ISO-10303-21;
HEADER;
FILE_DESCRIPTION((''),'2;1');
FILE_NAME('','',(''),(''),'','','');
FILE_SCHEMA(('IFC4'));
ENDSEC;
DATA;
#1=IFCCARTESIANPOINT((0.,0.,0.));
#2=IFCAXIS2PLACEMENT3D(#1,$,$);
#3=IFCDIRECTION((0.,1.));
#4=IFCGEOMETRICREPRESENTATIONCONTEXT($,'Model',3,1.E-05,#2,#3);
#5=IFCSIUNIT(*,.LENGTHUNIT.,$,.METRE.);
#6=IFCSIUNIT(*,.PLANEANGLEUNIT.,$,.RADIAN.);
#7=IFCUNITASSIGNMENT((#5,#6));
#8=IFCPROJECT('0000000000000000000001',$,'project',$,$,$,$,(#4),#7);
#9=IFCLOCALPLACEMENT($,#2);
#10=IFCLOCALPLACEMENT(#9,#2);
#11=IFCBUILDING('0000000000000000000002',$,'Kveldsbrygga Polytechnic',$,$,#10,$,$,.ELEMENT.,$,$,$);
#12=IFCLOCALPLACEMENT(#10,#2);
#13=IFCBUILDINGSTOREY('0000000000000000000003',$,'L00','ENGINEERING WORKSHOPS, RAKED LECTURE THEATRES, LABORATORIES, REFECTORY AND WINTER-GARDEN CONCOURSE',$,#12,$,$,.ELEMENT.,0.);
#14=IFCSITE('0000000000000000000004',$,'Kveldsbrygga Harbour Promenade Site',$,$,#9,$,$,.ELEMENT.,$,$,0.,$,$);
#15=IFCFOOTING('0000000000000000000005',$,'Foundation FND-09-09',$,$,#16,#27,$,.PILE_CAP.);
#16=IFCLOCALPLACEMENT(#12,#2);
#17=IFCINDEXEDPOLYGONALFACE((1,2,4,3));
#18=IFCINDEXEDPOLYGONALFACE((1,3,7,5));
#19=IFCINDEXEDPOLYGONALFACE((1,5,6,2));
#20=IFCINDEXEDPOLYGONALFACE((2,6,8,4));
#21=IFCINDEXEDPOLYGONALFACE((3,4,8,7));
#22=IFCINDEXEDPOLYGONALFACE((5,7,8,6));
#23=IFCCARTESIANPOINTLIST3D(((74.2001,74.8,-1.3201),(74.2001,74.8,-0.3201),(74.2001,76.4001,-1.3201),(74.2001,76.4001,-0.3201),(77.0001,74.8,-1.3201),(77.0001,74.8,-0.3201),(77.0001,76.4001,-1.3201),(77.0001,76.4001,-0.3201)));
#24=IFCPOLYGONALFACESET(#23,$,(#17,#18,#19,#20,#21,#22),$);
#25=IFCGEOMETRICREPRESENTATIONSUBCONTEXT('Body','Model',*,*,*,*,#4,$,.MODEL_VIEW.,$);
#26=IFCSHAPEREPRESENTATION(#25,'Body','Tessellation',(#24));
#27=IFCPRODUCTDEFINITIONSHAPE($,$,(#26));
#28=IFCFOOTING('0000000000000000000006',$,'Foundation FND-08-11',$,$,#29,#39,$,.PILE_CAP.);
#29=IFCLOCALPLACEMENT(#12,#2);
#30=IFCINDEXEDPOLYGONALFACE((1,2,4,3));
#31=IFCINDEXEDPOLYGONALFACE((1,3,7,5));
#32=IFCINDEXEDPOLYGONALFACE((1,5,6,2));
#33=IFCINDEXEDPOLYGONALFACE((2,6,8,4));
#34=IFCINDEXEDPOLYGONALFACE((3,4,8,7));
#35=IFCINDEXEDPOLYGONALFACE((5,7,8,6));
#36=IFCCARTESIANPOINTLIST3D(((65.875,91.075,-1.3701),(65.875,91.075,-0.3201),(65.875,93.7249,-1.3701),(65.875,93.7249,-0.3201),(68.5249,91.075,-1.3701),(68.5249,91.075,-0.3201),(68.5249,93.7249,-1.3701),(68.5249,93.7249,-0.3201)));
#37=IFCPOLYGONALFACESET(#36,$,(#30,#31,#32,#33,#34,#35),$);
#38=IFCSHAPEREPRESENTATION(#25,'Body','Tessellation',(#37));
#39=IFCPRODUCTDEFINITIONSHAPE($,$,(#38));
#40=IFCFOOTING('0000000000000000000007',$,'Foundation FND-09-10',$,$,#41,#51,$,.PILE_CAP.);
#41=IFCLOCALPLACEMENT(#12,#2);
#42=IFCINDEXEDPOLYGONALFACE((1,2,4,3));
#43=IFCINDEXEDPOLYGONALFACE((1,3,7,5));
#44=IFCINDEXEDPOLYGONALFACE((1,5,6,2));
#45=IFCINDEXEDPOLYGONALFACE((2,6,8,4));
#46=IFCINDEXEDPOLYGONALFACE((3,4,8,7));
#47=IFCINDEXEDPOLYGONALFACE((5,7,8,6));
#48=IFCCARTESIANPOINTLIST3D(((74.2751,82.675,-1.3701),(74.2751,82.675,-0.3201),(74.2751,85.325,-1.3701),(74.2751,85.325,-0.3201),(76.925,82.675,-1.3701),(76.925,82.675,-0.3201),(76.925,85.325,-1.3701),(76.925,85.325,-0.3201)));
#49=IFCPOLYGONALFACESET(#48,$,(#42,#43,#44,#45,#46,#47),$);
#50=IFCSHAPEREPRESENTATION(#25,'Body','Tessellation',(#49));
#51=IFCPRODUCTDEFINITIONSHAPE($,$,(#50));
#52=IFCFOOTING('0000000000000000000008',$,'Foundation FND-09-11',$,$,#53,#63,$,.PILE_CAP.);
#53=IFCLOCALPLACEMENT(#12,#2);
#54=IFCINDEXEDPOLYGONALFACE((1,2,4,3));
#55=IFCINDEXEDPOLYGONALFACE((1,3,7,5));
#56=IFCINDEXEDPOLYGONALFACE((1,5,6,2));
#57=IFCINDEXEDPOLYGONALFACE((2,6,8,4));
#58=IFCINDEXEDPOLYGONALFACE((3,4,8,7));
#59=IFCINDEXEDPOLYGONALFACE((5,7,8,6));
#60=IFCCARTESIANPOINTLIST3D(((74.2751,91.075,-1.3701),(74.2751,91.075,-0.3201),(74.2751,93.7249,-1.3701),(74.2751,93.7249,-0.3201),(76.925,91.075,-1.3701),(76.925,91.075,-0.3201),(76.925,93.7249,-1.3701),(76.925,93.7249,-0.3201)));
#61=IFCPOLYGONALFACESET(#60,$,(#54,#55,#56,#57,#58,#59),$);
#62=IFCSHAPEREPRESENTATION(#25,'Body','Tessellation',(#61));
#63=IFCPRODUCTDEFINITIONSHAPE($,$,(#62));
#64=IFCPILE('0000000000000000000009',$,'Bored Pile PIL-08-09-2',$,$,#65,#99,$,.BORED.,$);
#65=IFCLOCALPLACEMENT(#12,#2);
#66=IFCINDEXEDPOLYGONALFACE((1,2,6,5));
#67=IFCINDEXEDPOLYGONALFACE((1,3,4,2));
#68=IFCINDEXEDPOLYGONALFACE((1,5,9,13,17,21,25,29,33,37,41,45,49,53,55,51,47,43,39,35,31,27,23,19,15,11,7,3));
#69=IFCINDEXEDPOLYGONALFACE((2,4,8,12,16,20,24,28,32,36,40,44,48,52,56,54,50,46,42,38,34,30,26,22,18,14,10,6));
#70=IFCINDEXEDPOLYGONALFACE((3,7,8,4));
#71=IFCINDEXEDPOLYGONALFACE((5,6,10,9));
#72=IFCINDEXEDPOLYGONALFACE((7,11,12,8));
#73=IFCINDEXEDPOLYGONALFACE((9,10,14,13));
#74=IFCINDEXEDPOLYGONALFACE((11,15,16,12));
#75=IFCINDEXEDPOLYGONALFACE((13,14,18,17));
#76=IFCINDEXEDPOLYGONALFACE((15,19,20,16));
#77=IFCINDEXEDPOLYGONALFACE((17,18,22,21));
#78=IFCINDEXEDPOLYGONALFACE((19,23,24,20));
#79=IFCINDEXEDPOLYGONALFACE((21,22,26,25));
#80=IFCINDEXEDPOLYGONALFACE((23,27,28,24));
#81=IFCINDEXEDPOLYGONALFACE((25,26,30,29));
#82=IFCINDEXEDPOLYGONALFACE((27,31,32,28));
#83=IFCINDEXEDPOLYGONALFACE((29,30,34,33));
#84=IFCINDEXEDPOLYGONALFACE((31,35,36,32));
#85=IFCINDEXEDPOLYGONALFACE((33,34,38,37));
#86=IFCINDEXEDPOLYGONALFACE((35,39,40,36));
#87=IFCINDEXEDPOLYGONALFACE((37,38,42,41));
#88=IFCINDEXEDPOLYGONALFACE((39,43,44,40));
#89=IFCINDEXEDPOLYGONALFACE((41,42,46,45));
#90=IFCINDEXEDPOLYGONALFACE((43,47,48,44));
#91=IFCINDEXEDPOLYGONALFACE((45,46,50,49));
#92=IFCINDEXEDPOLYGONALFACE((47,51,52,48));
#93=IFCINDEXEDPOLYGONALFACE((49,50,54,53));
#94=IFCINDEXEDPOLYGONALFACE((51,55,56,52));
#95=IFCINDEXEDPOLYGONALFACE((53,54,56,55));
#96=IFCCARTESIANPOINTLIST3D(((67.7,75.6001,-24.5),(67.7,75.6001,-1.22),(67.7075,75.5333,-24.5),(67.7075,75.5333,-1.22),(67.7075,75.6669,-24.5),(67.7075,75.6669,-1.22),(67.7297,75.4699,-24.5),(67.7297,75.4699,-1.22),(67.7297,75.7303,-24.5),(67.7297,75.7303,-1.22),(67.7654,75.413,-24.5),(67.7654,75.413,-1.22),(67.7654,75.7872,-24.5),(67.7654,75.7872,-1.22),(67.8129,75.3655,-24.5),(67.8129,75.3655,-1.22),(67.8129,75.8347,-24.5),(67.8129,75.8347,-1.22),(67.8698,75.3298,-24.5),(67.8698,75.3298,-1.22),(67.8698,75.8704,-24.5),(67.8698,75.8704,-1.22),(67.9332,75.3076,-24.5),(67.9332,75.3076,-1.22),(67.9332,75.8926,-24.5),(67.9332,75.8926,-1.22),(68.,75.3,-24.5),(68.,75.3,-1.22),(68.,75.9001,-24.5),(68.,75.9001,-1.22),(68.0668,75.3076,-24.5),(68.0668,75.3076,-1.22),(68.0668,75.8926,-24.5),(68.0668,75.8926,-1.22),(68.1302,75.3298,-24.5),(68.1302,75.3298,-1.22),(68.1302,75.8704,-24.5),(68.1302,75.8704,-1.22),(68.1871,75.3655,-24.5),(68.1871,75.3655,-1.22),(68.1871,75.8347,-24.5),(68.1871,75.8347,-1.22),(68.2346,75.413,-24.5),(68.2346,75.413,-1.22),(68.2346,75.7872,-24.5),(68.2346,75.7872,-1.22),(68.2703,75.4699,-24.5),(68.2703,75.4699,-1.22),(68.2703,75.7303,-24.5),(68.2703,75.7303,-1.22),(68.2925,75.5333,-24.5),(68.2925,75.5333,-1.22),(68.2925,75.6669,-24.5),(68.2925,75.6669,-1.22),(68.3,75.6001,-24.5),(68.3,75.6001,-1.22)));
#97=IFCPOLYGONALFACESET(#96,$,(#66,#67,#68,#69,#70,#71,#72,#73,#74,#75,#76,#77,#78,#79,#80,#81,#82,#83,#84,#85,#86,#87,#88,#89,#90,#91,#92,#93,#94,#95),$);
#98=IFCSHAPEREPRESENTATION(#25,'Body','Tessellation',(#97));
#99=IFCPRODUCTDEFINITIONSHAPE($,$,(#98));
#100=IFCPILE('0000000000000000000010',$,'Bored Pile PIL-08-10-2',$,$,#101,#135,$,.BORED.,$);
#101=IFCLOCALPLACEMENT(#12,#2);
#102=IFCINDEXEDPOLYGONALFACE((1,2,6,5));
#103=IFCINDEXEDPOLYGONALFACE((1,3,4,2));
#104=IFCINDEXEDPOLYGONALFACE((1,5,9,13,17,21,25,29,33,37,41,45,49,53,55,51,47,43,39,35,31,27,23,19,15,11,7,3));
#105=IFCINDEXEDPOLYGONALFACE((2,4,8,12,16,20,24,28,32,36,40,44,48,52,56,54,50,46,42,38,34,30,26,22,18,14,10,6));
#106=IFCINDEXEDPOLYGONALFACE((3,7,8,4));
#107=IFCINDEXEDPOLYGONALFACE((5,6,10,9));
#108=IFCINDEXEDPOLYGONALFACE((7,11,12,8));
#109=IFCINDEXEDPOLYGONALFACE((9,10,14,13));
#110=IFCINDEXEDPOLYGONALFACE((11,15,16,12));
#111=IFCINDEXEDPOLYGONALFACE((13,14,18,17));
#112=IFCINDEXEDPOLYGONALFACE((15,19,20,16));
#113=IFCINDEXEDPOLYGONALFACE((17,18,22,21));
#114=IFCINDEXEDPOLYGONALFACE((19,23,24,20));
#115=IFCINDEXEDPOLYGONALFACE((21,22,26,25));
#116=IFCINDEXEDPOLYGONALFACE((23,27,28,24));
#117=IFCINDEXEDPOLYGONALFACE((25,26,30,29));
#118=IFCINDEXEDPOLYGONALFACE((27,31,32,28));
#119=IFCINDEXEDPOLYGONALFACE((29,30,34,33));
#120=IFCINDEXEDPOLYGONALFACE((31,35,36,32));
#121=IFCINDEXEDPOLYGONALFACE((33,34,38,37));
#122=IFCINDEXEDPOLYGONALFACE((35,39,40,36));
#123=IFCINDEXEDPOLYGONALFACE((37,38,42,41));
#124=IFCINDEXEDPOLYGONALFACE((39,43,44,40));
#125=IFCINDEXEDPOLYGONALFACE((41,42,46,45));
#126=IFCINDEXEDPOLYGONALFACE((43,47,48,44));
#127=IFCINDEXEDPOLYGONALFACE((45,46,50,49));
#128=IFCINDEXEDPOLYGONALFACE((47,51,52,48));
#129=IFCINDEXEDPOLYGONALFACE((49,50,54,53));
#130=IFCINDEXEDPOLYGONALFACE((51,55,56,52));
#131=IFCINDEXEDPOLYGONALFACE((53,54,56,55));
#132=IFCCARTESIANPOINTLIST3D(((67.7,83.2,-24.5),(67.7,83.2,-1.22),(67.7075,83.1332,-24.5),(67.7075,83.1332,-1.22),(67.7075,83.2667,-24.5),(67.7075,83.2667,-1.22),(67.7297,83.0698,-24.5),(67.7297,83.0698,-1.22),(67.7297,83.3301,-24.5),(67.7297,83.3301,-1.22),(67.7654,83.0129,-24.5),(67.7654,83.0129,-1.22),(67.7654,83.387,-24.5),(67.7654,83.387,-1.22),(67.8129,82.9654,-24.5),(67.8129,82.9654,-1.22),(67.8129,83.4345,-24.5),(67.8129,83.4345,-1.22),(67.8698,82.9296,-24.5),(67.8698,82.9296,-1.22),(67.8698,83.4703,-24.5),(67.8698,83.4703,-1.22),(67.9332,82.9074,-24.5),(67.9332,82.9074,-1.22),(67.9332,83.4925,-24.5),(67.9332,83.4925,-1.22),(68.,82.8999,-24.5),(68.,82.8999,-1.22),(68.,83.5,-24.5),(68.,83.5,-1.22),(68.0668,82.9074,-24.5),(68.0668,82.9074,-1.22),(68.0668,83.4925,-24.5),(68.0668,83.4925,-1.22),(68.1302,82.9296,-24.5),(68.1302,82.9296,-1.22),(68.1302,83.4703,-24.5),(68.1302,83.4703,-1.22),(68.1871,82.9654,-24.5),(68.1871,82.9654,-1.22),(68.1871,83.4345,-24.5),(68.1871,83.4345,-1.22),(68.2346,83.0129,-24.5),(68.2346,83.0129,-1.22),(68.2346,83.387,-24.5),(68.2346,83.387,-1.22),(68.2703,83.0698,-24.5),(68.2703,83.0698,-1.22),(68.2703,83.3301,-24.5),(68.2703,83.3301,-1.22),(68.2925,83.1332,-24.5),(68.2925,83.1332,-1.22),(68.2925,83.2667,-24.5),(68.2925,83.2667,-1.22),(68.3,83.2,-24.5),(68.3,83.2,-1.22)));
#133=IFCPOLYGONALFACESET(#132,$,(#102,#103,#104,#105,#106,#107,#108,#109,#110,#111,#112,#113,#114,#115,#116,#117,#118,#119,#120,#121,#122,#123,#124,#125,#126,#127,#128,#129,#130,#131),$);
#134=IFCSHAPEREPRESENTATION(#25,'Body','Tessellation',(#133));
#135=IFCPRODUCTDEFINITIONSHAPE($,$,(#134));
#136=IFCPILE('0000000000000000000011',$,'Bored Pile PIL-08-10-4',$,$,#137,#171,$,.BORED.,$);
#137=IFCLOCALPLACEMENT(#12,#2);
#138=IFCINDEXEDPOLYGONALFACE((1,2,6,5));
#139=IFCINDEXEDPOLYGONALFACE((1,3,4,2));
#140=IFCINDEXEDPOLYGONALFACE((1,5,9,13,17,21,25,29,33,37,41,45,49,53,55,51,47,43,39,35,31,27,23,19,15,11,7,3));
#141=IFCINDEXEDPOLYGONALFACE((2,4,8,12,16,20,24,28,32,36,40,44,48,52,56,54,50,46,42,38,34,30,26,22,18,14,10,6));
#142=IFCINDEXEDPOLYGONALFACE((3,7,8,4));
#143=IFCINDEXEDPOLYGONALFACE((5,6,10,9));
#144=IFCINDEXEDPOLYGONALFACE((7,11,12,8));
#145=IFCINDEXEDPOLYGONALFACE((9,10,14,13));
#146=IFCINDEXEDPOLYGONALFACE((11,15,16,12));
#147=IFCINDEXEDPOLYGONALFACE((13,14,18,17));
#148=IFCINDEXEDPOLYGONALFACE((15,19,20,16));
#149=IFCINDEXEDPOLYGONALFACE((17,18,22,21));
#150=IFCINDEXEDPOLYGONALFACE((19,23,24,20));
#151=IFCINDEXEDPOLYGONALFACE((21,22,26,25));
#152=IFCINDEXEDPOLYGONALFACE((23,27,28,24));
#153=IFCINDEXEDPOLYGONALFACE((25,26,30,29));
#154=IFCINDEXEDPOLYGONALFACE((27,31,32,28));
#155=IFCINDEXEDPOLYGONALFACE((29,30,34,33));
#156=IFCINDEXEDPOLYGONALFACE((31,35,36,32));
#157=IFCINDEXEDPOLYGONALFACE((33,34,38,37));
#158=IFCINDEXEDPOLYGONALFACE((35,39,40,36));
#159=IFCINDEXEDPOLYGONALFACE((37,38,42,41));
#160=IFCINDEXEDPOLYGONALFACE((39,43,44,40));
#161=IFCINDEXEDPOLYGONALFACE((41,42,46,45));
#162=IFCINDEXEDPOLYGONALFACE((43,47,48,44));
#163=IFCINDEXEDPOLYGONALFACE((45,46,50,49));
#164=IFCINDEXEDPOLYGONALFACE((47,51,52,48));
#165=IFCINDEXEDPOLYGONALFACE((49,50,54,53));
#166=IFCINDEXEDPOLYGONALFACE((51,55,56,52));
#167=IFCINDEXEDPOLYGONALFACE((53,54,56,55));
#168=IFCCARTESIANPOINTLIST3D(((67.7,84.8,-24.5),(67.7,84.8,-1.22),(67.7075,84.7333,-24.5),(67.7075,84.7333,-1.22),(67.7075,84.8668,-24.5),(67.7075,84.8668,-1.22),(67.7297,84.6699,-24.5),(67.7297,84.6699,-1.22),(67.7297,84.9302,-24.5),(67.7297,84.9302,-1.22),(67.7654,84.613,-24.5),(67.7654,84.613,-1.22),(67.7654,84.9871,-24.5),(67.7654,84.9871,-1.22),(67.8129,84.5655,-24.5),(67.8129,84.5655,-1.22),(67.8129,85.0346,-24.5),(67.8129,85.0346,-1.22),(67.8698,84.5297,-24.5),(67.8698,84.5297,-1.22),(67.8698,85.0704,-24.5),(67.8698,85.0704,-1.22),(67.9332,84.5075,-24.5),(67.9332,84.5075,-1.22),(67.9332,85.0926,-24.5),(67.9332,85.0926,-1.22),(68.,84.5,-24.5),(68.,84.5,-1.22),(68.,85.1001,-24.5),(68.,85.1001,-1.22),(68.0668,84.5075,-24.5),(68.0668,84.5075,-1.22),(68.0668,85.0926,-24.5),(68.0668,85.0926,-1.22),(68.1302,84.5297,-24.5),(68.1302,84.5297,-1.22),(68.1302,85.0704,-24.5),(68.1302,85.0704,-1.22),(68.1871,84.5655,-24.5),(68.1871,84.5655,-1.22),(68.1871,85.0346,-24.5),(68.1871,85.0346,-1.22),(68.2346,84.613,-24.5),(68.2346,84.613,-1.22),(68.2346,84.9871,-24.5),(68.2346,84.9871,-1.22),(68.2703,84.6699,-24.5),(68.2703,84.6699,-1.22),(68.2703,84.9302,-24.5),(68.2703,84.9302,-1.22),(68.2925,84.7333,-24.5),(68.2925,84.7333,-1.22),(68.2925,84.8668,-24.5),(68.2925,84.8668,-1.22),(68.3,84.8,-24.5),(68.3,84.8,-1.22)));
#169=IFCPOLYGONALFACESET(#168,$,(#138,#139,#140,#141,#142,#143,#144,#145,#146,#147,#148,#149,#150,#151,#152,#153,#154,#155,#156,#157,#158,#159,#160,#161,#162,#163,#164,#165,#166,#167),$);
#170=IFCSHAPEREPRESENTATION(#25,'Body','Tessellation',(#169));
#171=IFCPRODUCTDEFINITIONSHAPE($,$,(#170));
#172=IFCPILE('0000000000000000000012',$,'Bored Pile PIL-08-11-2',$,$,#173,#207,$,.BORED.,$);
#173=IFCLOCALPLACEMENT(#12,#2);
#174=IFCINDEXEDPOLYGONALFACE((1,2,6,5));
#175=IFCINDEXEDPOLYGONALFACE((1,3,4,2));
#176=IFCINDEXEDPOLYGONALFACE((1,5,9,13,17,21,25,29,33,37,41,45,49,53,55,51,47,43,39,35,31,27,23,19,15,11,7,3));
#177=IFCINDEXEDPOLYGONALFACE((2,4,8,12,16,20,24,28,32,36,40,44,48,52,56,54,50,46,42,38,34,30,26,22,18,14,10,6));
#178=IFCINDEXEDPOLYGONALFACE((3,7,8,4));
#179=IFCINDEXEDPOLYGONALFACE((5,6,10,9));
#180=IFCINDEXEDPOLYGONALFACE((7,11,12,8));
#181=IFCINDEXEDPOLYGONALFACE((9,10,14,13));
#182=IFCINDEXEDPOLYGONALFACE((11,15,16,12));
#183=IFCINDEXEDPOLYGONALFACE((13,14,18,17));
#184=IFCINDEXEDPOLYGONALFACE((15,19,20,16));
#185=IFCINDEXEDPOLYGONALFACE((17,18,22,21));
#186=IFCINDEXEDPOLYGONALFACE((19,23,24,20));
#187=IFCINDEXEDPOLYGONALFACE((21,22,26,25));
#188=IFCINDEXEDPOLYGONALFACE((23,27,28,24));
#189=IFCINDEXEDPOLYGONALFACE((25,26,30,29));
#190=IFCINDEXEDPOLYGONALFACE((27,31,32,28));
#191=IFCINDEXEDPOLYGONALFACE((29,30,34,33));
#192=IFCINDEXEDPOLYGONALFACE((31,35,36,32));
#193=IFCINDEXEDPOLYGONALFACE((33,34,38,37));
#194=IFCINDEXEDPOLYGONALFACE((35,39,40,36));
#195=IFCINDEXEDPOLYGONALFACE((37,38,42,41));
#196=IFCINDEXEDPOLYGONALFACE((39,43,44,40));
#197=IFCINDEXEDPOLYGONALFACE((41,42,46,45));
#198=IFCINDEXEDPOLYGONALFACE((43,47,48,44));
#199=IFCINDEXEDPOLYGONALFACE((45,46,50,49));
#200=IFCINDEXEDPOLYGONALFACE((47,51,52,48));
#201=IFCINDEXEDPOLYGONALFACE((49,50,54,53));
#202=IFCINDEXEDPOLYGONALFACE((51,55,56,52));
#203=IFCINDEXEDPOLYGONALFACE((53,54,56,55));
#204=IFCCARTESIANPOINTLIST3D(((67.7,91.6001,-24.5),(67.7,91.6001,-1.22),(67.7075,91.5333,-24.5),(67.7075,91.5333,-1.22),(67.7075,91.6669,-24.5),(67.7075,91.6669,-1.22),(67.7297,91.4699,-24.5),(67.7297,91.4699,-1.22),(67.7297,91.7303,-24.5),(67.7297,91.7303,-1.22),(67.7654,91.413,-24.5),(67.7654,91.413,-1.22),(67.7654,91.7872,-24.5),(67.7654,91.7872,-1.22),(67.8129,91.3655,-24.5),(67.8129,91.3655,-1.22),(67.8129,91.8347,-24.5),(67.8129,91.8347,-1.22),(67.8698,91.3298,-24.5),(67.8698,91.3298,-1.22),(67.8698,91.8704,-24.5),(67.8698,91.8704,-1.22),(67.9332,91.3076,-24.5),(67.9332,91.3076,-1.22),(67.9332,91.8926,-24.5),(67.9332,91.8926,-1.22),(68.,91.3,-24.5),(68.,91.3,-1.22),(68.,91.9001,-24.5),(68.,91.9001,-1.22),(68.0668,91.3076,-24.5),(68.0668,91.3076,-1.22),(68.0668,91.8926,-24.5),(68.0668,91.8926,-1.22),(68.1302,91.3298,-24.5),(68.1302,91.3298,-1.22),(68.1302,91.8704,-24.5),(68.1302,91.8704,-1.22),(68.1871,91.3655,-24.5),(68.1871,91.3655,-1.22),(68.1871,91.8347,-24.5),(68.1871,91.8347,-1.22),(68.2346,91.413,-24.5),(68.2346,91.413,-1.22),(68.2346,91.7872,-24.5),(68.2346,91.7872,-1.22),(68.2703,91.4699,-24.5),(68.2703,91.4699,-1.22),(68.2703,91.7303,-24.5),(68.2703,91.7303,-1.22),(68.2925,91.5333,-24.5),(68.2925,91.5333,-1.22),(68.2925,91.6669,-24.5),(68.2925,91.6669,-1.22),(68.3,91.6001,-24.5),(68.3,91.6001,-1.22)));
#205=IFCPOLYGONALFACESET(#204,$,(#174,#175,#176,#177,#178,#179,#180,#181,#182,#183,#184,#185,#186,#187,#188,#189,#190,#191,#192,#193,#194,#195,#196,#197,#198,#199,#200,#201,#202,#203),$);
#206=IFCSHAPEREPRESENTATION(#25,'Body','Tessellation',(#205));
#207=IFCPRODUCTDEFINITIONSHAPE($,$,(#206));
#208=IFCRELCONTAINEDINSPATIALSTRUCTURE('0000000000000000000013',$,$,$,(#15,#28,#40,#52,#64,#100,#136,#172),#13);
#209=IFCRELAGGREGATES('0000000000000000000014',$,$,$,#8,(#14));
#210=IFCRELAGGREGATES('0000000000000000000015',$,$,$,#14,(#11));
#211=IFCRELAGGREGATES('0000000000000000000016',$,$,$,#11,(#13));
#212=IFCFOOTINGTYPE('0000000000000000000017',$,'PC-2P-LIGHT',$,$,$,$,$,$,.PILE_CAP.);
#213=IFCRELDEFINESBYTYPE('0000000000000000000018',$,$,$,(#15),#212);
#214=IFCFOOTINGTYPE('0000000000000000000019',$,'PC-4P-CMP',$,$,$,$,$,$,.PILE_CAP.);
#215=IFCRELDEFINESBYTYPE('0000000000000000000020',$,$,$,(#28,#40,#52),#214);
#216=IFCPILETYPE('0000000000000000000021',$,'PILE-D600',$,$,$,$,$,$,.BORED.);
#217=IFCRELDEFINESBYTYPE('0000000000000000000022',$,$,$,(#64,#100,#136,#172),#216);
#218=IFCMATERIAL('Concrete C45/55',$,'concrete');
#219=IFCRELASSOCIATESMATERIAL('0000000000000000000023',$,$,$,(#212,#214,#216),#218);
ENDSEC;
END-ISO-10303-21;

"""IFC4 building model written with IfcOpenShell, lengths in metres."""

from ifc_helpers import new_model, si_unit, direction, frame, origin, origin_2d, place, context, subcontext, project, spatial, rectangle, circle, extrude, material, material_profile, profile_set, type_object, element, save


model = new_model("IFC4")

# Units and contexts
model_context = context("Model", 3, precision=1e-05, world=origin(), true_north=direction((0.0, 1.0)))
body_context = subcontext(model_context, "Body", "Model", "MODEL_VIEW")
ifc_project = project(units=[si_unit("LENGTHUNIT", "METRE"), si_unit("PLANEANGLEUNIT", "RADIAN")], contexts=[model_context])

# Site, building, storey
site_placement = place(None, origin())
site = spatial("IfcSite", under=ifc_project, at=site_placement, Name="Kveldsbrygga Harbour Promenade Site", CompositionType="ELEMENT", RefElevation=0.0)
building_placement = place(site_placement, origin())
building = spatial("IfcBuilding", under=site, at=building_placement, Name="Kveldsbrygga Polytechnic", CompositionType="ELEMENT")
storey_placement = place(building_placement, origin())
storey = spatial("IfcBuildingStorey", under=building, at=storey_placement, Name="L00", Description="ENGINEERING WORKSHOPS, RAKED LECTURE THEATRES, LABORATORIES, REFECTORY AND WINTER-GARDEN CONCOURSE", CompositionType="ELEMENT", Elevation=0.0)

# Footings
ifc_material_1 = material(Name="Concrete C45/55", Category="concrete")
footing_type_1 = type_object("IfcFootingType", Name="PC-2P-LIGHT", PredefinedType="PILE_CAP", material=ifc_material_1)
footing_placement = place(storey_placement, frame((75.6001, 75.6001, -1.3201), z_axis=(0.0, 0.0, 1.0), x_axis=(1.0, 0.0, 0.0)))
element("IfcFooting", 1, at=footing_placement, inside=storey, type_object=footing_type_1, Name="Foundation FND-09-09", PredefinedType="PILE_CAP", context=body_context, shape_type="SweptSolid", body=[
    extrude(rectangle(XDim=2.8, YDim=1.6001, at=origin_2d()), origin(), (0.0, 0.0, 1.0), 1.0),
])
footing_type_2 = type_object("IfcFootingType", Name="PC-4P-CMP", PredefinedType="PILE_CAP", material=ifc_material_1)
for number, where, z_axis, x_axis, name in (
    (2, (67.2, 92.3999, -1.3701), (0.0, 0.0, 1.0), (1.0, 0.0, 0.0), "Foundation FND-08-11"),
    (3, (75.6001, 84.0, -1.3701), (0.0, 0.0, 1.0), (1.0, 0.0, 0.0), "Foundation FND-09-10"),
    (4, (75.6001, 92.3999, -1.3701), (0.0, 0.0, 1.0), (1.0, 0.0, 0.0), "Foundation FND-09-11"),
):
    element("IfcFooting", number, at=place(storey_placement, frame(where, z_axis=z_axis, x_axis=x_axis)), inside=storey, type_object=footing_type_2, Name=name, PredefinedType="PILE_CAP", context=body_context, shape_type="SweptSolid", body=[
        extrude(rectangle(XDim=2.6499, YDim=2.6499, at=origin_2d()), origin(), (0.0, 0.0, 1.0), 1.05),
    ])

# Piles
ifc_material_profile_1 = material_profile(ifc_material_1, circle(Radius=0.3, at=origin_2d()), Name="PILE D600")
ifc_profile_set_1 = profile_set([ifc_material_profile_1], Name="Concrete C45/55")
pile_type = type_object("IfcPileType", Name="PILE-D600", PredefinedType="BORED", material=ifc_profile_set_1)
for number, where, z_axis, x_axis, name in (
    (5, (68.0, 75.6001, -1.22), (0.0, 0.0, -1.0), (1.0, 0.0, 0.0), "Bored Pile PIL-08-09-2"),
    (6, (68.0, 83.2, -1.22), (0.0, 0.0, -1.0), (1.0, 0.0, 0.0), "Bored Pile PIL-08-10-2"),
    (7, (68.0, 84.8, -1.22), (0.0, 0.0, -1.0), (1.0, 0.0, 0.0), "Bored Pile PIL-08-10-4"),
    (8, (68.0, 91.6001, -1.22), (0.0, 0.0, -1.0), (1.0, 0.0, 0.0), "Bored Pile PIL-08-11-2"),
):
    element("IfcPile", number, at=place(storey_placement, frame(where, z_axis=z_axis, x_axis=x_axis)), inside=storey, type_object=pile_type, Name=name, PredefinedType="BORED", context=body_context, shape_type="SweptSolid", body=[
        extrude(circle(Radius=0.3, at=origin_2d()), origin(), (0.0, 0.0, 1.0), 23.28),
    ])

save(model, "model.ifc")
